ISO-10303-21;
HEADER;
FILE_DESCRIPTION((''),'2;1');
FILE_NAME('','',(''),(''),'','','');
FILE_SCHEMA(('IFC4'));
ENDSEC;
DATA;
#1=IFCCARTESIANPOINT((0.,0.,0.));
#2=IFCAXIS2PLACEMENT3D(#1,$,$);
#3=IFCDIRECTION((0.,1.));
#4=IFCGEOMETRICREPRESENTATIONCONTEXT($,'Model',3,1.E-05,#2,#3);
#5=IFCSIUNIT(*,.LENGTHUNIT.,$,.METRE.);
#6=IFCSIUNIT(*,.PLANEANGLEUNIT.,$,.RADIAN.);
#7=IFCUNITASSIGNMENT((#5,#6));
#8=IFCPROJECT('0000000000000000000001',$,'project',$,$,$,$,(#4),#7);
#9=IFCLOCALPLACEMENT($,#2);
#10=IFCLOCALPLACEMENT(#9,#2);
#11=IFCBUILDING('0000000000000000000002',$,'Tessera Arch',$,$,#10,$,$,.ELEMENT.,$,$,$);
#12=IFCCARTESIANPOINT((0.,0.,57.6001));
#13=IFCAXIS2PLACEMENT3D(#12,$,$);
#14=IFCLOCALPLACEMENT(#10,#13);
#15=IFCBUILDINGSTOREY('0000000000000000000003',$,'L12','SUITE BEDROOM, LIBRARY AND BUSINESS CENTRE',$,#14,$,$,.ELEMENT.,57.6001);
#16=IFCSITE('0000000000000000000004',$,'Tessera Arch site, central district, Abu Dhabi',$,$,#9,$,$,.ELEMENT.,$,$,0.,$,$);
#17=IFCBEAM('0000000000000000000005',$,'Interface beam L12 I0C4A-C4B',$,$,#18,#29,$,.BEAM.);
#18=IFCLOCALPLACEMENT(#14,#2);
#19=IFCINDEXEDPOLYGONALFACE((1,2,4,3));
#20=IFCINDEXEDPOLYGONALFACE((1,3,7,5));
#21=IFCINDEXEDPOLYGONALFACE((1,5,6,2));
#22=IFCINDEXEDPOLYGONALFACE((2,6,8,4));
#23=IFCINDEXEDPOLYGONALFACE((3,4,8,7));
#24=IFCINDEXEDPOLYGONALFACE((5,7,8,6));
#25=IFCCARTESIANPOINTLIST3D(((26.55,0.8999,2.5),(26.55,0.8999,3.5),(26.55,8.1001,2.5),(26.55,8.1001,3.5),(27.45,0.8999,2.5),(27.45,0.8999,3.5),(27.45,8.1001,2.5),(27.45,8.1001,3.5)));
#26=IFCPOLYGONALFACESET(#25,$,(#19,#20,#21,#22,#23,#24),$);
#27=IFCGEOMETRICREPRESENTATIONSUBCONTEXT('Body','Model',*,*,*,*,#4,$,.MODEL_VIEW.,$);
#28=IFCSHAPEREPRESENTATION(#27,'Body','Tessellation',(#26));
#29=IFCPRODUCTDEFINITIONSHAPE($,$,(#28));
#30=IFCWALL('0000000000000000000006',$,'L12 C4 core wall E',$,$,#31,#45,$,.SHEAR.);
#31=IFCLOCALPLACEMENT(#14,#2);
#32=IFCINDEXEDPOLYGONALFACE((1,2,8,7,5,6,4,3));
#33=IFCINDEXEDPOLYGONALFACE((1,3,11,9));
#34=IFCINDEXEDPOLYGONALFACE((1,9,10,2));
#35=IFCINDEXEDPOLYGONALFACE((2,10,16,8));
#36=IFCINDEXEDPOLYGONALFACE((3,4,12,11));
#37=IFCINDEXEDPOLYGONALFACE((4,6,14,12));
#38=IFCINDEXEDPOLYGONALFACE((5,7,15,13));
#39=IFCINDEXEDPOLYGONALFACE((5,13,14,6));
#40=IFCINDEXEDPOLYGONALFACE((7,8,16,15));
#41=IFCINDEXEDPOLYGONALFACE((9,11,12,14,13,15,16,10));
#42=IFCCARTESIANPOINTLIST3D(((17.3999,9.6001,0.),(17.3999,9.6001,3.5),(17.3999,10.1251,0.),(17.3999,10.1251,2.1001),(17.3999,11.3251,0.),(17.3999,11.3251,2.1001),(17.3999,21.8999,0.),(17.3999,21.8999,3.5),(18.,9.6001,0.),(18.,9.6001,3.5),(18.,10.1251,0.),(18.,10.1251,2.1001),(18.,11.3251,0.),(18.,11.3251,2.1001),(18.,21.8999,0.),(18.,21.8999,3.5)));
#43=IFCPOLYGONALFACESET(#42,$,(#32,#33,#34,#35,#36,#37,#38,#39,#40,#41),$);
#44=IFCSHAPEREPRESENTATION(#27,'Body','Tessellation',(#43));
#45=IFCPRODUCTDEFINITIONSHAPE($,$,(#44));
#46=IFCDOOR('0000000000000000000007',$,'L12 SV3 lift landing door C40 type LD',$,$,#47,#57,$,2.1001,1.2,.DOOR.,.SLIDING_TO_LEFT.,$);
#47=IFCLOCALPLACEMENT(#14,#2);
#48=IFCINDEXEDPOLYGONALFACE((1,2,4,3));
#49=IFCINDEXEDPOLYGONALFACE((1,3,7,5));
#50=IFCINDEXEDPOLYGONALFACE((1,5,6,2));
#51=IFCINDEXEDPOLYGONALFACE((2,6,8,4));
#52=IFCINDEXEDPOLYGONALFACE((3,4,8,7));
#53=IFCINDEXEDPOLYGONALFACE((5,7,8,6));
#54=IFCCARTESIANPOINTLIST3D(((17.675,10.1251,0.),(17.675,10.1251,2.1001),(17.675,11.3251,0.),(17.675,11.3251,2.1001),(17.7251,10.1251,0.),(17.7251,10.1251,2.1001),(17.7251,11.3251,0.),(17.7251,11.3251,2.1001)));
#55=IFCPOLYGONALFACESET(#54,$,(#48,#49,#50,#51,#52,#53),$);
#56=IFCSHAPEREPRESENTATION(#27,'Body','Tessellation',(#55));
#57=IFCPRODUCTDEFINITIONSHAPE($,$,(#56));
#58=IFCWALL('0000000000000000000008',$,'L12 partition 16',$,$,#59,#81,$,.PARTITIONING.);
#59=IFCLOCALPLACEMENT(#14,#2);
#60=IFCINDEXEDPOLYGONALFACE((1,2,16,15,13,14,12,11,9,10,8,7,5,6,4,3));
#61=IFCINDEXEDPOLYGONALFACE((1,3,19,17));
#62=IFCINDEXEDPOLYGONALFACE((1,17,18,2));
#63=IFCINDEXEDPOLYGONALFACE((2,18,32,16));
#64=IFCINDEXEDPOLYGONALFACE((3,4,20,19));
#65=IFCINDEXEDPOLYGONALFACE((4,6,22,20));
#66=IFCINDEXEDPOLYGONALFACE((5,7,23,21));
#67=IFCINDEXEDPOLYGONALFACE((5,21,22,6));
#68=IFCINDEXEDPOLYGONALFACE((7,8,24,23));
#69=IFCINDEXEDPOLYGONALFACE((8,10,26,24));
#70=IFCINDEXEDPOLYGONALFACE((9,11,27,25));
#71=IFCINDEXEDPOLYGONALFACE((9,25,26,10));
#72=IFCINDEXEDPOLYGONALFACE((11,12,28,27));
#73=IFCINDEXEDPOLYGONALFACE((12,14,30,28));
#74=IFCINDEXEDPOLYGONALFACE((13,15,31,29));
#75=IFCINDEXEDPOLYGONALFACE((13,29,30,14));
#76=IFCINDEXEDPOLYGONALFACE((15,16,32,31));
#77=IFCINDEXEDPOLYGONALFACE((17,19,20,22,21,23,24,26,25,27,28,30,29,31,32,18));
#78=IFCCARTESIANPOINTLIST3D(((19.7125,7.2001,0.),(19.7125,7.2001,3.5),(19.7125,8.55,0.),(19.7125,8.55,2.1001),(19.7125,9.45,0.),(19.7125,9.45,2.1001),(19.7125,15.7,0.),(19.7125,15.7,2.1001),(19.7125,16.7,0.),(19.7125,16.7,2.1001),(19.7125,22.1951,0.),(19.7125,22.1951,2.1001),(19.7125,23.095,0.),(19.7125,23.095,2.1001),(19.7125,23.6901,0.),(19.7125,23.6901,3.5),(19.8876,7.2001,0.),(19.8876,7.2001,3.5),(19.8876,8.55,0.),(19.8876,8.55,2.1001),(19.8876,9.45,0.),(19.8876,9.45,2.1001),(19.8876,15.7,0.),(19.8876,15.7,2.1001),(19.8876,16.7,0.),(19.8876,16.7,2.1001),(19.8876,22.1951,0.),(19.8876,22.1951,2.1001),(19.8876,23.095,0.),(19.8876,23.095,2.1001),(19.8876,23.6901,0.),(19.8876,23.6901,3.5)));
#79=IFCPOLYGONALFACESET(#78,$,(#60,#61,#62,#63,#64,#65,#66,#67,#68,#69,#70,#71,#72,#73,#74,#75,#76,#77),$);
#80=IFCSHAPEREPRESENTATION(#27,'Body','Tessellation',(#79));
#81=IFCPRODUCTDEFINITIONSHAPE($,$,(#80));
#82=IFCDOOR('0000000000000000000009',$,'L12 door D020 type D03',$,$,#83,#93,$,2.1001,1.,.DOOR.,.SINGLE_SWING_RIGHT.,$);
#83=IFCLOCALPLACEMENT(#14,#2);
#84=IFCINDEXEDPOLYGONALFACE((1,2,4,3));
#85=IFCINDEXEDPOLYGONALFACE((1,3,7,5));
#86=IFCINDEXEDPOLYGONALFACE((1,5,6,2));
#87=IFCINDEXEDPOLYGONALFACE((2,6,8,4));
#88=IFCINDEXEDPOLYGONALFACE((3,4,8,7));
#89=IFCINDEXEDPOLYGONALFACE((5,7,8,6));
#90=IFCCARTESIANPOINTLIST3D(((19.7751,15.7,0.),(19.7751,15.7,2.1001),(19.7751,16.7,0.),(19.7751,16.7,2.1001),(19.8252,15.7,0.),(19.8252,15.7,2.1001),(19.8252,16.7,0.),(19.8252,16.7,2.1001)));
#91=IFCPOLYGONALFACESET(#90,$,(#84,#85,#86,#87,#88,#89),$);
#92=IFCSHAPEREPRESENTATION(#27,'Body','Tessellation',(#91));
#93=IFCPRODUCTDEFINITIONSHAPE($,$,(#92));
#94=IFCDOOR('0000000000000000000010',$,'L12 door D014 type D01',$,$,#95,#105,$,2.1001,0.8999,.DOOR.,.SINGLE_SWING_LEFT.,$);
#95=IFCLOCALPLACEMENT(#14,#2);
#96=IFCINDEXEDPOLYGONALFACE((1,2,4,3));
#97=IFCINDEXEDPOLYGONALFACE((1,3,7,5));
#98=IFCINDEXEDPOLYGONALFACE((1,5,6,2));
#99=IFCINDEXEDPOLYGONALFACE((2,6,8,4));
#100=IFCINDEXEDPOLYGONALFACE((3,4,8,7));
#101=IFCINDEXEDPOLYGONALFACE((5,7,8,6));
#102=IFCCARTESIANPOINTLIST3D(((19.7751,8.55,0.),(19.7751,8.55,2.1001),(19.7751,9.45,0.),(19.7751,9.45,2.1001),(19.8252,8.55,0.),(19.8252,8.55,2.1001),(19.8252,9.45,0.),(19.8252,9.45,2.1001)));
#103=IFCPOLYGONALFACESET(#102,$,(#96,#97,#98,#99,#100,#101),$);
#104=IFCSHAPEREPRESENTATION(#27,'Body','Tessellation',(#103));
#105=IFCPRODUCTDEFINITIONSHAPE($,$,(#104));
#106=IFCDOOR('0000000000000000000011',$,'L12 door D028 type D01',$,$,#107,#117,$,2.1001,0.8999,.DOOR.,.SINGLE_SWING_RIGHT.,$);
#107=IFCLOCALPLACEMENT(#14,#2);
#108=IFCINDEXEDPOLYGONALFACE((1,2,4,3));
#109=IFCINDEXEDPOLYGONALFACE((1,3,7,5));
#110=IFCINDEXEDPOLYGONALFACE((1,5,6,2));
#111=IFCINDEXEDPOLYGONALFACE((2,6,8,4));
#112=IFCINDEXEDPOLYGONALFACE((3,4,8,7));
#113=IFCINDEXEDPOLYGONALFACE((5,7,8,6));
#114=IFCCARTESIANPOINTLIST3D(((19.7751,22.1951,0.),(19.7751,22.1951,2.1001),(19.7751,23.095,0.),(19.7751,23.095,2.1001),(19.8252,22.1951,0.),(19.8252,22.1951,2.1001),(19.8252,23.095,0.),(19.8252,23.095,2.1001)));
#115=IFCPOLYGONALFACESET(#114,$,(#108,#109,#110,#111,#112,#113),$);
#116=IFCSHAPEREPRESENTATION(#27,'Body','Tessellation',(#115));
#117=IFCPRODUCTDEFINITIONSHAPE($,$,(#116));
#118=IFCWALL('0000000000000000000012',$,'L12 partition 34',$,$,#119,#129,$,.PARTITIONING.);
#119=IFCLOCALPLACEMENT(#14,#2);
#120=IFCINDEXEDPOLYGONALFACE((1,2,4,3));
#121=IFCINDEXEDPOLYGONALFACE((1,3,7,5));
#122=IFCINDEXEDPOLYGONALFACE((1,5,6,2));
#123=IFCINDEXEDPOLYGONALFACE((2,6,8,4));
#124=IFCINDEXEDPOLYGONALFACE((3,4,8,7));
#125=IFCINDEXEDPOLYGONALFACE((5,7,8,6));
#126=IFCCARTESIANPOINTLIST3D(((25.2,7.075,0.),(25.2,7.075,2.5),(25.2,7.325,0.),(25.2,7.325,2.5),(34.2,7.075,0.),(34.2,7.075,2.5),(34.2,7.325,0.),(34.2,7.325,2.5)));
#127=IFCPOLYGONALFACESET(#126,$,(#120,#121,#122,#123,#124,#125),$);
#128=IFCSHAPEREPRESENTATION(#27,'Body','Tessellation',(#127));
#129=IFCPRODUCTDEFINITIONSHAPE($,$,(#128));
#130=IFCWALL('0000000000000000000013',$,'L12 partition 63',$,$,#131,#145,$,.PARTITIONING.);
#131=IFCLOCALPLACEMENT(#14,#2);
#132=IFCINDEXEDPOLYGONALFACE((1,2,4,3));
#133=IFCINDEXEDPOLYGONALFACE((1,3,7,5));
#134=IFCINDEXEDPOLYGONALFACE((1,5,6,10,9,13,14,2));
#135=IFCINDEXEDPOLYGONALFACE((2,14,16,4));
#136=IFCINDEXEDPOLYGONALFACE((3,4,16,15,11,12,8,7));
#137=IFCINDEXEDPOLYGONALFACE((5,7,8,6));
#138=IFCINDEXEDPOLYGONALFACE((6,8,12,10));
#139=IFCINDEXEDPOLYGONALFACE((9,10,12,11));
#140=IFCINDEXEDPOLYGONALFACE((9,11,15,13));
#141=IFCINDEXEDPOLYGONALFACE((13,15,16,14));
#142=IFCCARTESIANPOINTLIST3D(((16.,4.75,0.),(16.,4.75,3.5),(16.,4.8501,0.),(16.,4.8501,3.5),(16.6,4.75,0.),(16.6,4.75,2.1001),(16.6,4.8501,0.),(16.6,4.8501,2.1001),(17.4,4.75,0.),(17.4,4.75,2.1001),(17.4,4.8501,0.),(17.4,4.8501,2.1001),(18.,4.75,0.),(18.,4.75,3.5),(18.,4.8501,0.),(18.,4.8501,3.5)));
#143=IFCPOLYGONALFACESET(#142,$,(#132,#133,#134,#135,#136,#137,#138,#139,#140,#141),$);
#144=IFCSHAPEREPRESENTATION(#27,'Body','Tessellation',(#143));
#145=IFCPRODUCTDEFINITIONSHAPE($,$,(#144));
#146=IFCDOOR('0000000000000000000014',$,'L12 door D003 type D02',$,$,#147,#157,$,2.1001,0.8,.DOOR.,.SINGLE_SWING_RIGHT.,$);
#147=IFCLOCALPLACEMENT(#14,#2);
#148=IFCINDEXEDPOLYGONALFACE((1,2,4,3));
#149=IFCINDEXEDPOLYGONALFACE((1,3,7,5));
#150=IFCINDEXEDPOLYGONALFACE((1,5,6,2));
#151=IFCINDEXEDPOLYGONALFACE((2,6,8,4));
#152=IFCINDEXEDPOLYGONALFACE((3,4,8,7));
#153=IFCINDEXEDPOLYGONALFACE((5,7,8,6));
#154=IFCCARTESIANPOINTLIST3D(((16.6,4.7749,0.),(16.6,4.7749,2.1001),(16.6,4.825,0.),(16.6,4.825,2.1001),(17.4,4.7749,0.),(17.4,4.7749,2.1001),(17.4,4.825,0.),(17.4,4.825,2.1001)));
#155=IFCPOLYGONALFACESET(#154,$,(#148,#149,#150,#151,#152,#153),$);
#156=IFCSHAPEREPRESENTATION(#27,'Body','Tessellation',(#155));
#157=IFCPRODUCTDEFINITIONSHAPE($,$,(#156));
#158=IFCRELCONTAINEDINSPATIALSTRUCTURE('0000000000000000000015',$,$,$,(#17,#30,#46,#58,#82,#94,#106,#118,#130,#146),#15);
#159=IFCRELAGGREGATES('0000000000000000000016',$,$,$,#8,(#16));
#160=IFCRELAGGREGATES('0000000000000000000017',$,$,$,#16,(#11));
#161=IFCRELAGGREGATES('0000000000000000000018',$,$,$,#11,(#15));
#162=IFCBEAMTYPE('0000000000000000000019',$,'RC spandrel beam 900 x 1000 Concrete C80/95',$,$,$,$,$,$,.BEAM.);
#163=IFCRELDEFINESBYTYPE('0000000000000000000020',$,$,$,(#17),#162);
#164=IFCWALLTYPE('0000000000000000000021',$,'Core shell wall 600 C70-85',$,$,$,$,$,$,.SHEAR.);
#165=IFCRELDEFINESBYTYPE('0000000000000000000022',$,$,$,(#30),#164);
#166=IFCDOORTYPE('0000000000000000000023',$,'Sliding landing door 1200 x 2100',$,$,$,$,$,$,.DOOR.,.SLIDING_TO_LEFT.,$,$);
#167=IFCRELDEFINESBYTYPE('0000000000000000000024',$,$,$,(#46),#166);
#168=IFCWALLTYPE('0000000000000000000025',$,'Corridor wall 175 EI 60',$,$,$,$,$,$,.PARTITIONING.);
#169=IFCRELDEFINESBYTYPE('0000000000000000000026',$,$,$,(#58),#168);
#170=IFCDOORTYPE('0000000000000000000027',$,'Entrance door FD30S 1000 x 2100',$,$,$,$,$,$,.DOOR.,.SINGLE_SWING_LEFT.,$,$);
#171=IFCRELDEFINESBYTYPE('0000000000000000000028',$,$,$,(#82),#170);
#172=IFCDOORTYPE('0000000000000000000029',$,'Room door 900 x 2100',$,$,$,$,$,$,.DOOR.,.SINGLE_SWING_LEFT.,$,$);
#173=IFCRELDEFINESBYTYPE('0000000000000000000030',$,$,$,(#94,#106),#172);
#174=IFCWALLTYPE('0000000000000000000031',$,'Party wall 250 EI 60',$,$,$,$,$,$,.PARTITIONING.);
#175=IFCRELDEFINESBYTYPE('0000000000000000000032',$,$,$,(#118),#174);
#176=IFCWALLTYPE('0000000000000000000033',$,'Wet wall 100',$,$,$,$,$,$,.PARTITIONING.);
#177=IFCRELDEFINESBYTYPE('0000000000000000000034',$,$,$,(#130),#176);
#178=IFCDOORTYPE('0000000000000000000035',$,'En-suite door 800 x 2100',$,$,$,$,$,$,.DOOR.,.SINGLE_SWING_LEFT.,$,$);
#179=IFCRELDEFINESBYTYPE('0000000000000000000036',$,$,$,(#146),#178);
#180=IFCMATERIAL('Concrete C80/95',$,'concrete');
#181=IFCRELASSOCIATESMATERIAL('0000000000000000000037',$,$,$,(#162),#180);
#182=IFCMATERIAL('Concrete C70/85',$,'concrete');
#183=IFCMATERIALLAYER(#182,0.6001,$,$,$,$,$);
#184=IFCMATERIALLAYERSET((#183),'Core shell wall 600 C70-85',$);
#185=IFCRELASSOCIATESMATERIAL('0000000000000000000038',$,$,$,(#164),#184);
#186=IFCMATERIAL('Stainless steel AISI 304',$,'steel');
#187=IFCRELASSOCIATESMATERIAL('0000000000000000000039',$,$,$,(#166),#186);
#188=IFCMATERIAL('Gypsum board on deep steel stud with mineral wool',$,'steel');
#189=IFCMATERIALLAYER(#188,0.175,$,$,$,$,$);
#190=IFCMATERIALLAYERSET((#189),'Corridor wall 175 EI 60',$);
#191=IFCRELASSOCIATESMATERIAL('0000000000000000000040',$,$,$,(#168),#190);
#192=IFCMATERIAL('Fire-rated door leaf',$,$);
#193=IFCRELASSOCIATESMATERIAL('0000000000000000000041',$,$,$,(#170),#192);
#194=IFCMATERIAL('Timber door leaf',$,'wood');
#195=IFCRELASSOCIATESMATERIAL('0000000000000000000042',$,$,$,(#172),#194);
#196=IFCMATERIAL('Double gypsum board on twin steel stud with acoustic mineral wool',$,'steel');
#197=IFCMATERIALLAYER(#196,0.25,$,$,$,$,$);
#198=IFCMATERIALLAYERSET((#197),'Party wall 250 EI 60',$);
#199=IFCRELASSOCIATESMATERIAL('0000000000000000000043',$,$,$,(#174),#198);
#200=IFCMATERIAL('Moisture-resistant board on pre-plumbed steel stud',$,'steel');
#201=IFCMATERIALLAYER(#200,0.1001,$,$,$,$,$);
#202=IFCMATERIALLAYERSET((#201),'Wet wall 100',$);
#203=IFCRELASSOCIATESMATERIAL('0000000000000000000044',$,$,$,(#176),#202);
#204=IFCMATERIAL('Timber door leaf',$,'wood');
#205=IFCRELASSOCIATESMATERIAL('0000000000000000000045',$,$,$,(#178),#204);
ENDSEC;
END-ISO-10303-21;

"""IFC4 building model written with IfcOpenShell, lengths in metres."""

from ifc_helpers import new_model, si_unit, direction, frame, frame_2d, origin, origin_2d, place, context, subcontext, project, spatial, rectangle, extrude, material, layer, layer_set, material_profile, profile_set, type_object, element, fill, save


model = new_model("IFC4")

# Units and contexts
model_context = context("Model", 3, precision=1e-05, world=origin(), true_north=direction((0.0, 1.0)))
body_context = subcontext(model_context, "Body", "Model", "MODEL_VIEW")
ifc_project = project(units=[si_unit("LENGTHUNIT", "METRE"), si_unit("PLANEANGLEUNIT", "RADIAN")], contexts=[model_context])

# Site, building, storey
site_placement = place(None, origin())
site = spatial("IfcSite", under=ifc_project, at=site_placement, Name="Tessera Arch site, central district, Abu Dhabi", CompositionType="ELEMENT", RefElevation=0.0)
building_placement = place(site_placement, origin())
building = spatial("IfcBuilding", under=site, at=building_placement, Name="Tessera Arch", CompositionType="ELEMENT")
storey_placement = place(building_placement, frame((0.0, 0.0, 57.6001)))
storey = spatial("IfcBuildingStorey", under=building, at=storey_placement, Name="L12", Description="SUITE BEDROOM, LIBRARY AND BUSINESS CENTRE", CompositionType="ELEMENT", Elevation=57.6001)

# Beam
ifc_material_1 = material(Name="Concrete C80/95", Category="concrete")
ifc_material_profile = material_profile(ifc_material_1, rectangle(XDim=0.8999, YDim=1.0, at=origin_2d()), Name="RC spandrel beam 900 x 1000 Concrete C80/95")
ifc_profile_set = profile_set([ifc_material_profile], Name="Concrete C80/95")
beam_type = type_object("IfcBeamType", Name="RC spandrel beam 900 x 1000 Concrete C80/95", PredefinedType="BEAM", material=ifc_profile_set)
beam_placement = place(storey_placement, frame((27.0, 0.8999, 3.0), z_axis=(0.0, 1.0, 0.0), x_axis=(-1.0, 0.0, 0.0)))
element("IfcBeam", 1, at=beam_placement, inside=storey, type_object=beam_type, Name="Interface beam L12 I0C4A-C4B", PredefinedType="BEAM", context=body_context, shape_type="SweptSolid", body=[
    extrude(rectangle(XDim=0.8999, YDim=1.0, at=origin_2d()), origin(), (0.0, 0.0, 1.0), 7.2002),
])

# Wall, opening, door
ifc_material_2 = material(Name="Concrete C70/85", Category="concrete")
ifc_layer_1 = layer(ifc_material_2, 0.6001)
ifc_layer_set_1 = layer_set([ifc_layer_1], Name="Core shell wall 600 C70-85")
wall_type_1 = type_object("IfcWallType", Name="Core shell wall 600 C70-85", PredefinedType="SHEAR", material=ifc_layer_set_1)
wall_1_placement = place(storey_placement, frame((17.7, 9.6001, 0.0), z_axis=(0.0, 0.0, 1.0), x_axis=(0.0, 1.0, 0.0)))
wall_1 = element("IfcWall", 2, at=wall_1_placement, inside=storey, type_object=wall_type_1, Name="L12 C4 core wall E", PredefinedType="SHEAR", context=body_context, shape_type="SweptSolid", body=[
    extrude(rectangle(XDim=12.2998, YDim=0.6001, at=frame_2d((6.1499, 0.0))), origin(), (0.0, 0.0, 1.0), 3.5),
])
opening_1_placement = place(wall_1_placement, frame((0.5249, 0.0, 0.0)))
opening_1 = element("IfcOpeningElement", 3, at=opening_1_placement, cuts=wall_1, PredefinedType="OPENING", context=body_context, shape_type="SweptSolid", body=[
    extrude(rectangle(XDim=1.2, YDim=2.1001, at=frame_2d((0.6001, 1.05))), frame((0.0, 0.3101, 0.0), z_axis=(0.0, -1.0, 0.0), x_axis=(1.0, 0.0, 0.0)), (0.0, 0.0, 1.0), 0.6201),
])
ifc_material_3 = material(Name="Stainless steel AISI 304", Category="steel")
door_type_1 = type_object("IfcDoorType", Name="Sliding landing door 1200 x 2100", OperationType="SLIDING_TO_LEFT", PredefinedType="DOOR", material=ifc_material_3)
door_1_placement = place(opening_1_placement, origin())
door_1 = element("IfcDoor", 4, at=door_1_placement, inside=storey, type_object=door_type_1, Name="L12 SV3 lift landing door C40 type LD", OperationType="SLIDING_TO_LEFT", OverallHeight=2.1001, OverallWidth=1.2, PredefinedType="DOOR", context=body_context, shape_type="SweptSolid", body=[
    extrude(rectangle(XDim=1.2, YDim=2.1001, at=frame_2d((0.6001, 1.05))), frame((0.0, 0.0249, 0.0), z_axis=(0.0, -1.0, 0.0), x_axis=(1.0, 0.0, 0.0)), (0.0, 0.0, 1.0), 0.05),
])
fill(opening_1, door_1)

# Wall, openings, doors
ifc_material_4 = material(Name="Gypsum board on deep steel stud with mineral wool", Category="steel")
ifc_layer_2 = layer(ifc_material_4, 0.175)
ifc_layer_set_2 = layer_set([ifc_layer_2], Name="Corridor wall 175 EI 60")
wall_type_2 = type_object("IfcWallType", Name="Corridor wall 175 EI 60", PredefinedType="PARTITIONING", material=ifc_layer_set_2)
wall_2_placement = place(storey_placement, frame((19.8, 7.2, 0.0), z_axis=(0.0, 0.0, 1.0), x_axis=(0.0, 1.0, 0.0)))
wall_2 = element("IfcWall", 5, at=wall_2_placement, inside=storey, type_object=wall_type_2, Name="L12 partition 16", PredefinedType="PARTITIONING", context=body_context, shape_type="SweptSolid", body=[
    extrude(rectangle(XDim=16.49, YDim=0.175, at=frame_2d((8.2451, 0.0))), origin(), (0.0, 0.0, 1.0), 3.5),
])
opening_2_placement = place(wall_2_placement, frame((1.3501, 0.0, 0.0)))
opening_2 = element("IfcOpeningElement", 6, at=opening_2_placement, cuts=wall_2, PredefinedType="OPENING", context=body_context, shape_type="SweptSolid", body=[
    extrude(rectangle(XDim=0.8999, YDim=2.1001, at=frame_2d((0.45, 1.05))), frame((0.0, 0.0974, 0.0), z_axis=(0.0, -1.0, 0.0), x_axis=(1.0, 0.0, 0.0)), (0.0, 0.0, 1.0), 0.1951),
])
opening_3_placement = place(wall_2_placement, frame((8.5, 0.0, 0.0)))
opening_3 = element("IfcOpeningElement", 7, at=opening_3_placement, cuts=wall_2, PredefinedType="OPENING", context=body_context, shape_type="SweptSolid", body=[
    extrude(rectangle(XDim=1.0, YDim=2.1001, at=frame_2d((0.5, 1.05))), frame((0.0, 0.0974, 0.0), z_axis=(0.0, -1.0, 0.0), x_axis=(1.0, 0.0, 0.0)), (0.0, 0.0, 1.0), 0.1951),
])
opening_4_placement = place(wall_2_placement, frame((14.9951, 0.0, 0.0)))
opening_4 = element("IfcOpeningElement", 8, at=opening_4_placement, cuts=wall_2, PredefinedType="OPENING", context=body_context, shape_type="SweptSolid", body=[
    extrude(rectangle(XDim=0.8999, YDim=2.1001, at=frame_2d((0.45, 1.05))), frame((0.0, 0.0974, 0.0), z_axis=(0.0, -1.0, 0.0), x_axis=(1.0, 0.0, 0.0)), (0.0, 0.0, 1.0), 0.1951),
])
ifc_material_5 = material(Name="Fire-rated door leaf")
door_type_2 = type_object("IfcDoorType", Name="Entrance door FD30S 1000 x 2100", OperationType="SINGLE_SWING_LEFT", PredefinedType="DOOR", material=ifc_material_5)
door_2_placement = place(opening_3_placement, origin())
door_2 = element("IfcDoor", 9, at=door_2_placement, inside=storey, type_object=door_type_2, Name="L12 door D020 type D03", OperationType="SINGLE_SWING_RIGHT", OverallHeight=2.1001, OverallWidth=1.0, PredefinedType="DOOR", context=body_context, shape_type="SweptSolid", body=[
    extrude(rectangle(XDim=1.0, YDim=2.1001, at=frame_2d((0.5, 1.05))), frame((0.0, 0.0249, 0.0), z_axis=(0.0, -1.0, 0.0), x_axis=(1.0, 0.0, 0.0)), (0.0, 0.0, 1.0), 0.05),
])
fill(opening_3, door_2)
ifc_material_6 = material(Name="Timber door leaf", Category="wood")
door_type_3 = type_object("IfcDoorType", Name="Room door 900 x 2100", OperationType="SINGLE_SWING_LEFT", PredefinedType="DOOR", material=ifc_material_6)
door_3_placement = place(opening_2_placement, origin())
door_3 = element("IfcDoor", 10, at=door_3_placement, inside=storey, type_object=door_type_3, Name="L12 door D014 type D01", OperationType="SINGLE_SWING_LEFT", OverallHeight=2.1001, OverallWidth=0.8999, PredefinedType="DOOR", context=body_context, shape_type="SweptSolid", body=[
    extrude(rectangle(XDim=0.8999, YDim=2.1001, at=frame_2d((0.45, 1.05))), frame((0.0, 0.0249, 0.0), z_axis=(0.0, -1.0, 0.0), x_axis=(1.0, 0.0, 0.0)), (0.0, 0.0, 1.0), 0.05),
])
fill(opening_2, door_3)
door_4_placement = place(opening_4_placement, origin())
door_4 = element("IfcDoor", 11, at=door_4_placement, inside=storey, type_object=door_type_3, Name="L12 door D028 type D01", OperationType="SINGLE_SWING_RIGHT", OverallHeight=2.1001, OverallWidth=0.8999, PredefinedType="DOOR", context=body_context, shape_type="SweptSolid", body=[
    extrude(rectangle(XDim=0.8999, YDim=2.1001, at=frame_2d((0.45, 1.05))), frame((0.0, 0.0249, 0.0), z_axis=(0.0, -1.0, 0.0), x_axis=(1.0, 0.0, 0.0)), (0.0, 0.0, 1.0), 0.05),
])
fill(opening_4, door_4)

# Wall
ifc_material_7 = material(Name="Double gypsum board on twin steel stud with acoustic mineral wool", Category="steel")
ifc_layer_3 = layer(ifc_material_7, 0.25)
ifc_layer_set_3 = layer_set([ifc_layer_3], Name="Party wall 250 EI 60")
wall_type_3 = type_object("IfcWallType", Name="Party wall 250 EI 60", PredefinedType="PARTITIONING", material=ifc_layer_set_3)
wall_3_placement = place(storey_placement, frame((25.2, 7.2, 0.0), z_axis=(0.0, 0.0, 1.0), x_axis=(1.0, 0.0, 0.0)))
element("IfcWall", 12, at=wall_3_placement, inside=storey, type_object=wall_type_3, Name="L12 partition 34", PredefinedType="PARTITIONING", context=body_context, shape_type="SweptSolid", body=[
    extrude(rectangle(XDim=9.0, YDim=0.25, at=frame_2d((4.5, 0.0))), origin(), (0.0, 0.0, 1.0), 2.5),
])

# Wall, opening, door
ifc_material_8 = material(Name="Moisture-resistant board on pre-plumbed steel stud", Category="steel")
ifc_layer_4 = layer(ifc_material_8, 0.1001)
ifc_layer_set_4 = layer_set([ifc_layer_4], Name="Wet wall 100")
wall_type_4 = type_object("IfcWallType", Name="Wet wall 100", PredefinedType="PARTITIONING", material=ifc_layer_set_4)
wall_4_placement = place(storey_placement, frame((16.0, 4.8, 0.0), z_axis=(0.0, 0.0, 1.0), x_axis=(1.0, 0.0, 0.0)))
wall_4 = element("IfcWall", 13, at=wall_4_placement, inside=storey, type_object=wall_type_4, Name="L12 partition 63", PredefinedType="PARTITIONING", context=body_context, shape_type="SweptSolid", body=[
    extrude(rectangle(XDim=2.0, YDim=0.1001, at=frame_2d((1.0, 0.0))), origin(), (0.0, 0.0, 1.0), 3.5),
])
opening_5_placement = place(wall_4_placement, frame((0.6001, 0.0, 0.0)))
opening_5 = element("IfcOpeningElement", 14, at=opening_5_placement, cuts=wall_4, PredefinedType="OPENING", context=body_context, shape_type="SweptSolid", body=[
    extrude(rectangle(XDim=0.8, YDim=2.1001, at=frame_2d((0.3999, 1.05))), frame((0.0, 0.0601, 0.0), z_axis=(0.0, -1.0, 0.0), x_axis=(1.0, 0.0, 0.0)), (0.0, 0.0, 1.0), 0.1201),
])
ifc_material_9 = material(Name="Timber door leaf", Category="wood")
door_type_4 = type_object("IfcDoorType", Name="En-suite door 800 x 2100", OperationType="SINGLE_SWING_LEFT", PredefinedType="DOOR", material=ifc_material_9)
door_5_placement = place(opening_5_placement, origin())
door_5 = element("IfcDoor", 15, at=door_5_placement, inside=storey, type_object=door_type_4, Name="L12 door D003 type D02", OperationType="SINGLE_SWING_RIGHT", OverallHeight=2.1001, OverallWidth=0.8, PredefinedType="DOOR", context=body_context, shape_type="SweptSolid", body=[
    extrude(rectangle(XDim=0.8, YDim=2.1001, at=frame_2d((0.3999, 1.05))), frame((0.0, 0.0249, 0.0), z_axis=(0.0, -1.0, 0.0), x_axis=(1.0, 0.0, 0.0)), (0.0, 0.0, 1.0), 0.05),
])
fill(opening_5, door_5)

save(model, "model.ifc")
